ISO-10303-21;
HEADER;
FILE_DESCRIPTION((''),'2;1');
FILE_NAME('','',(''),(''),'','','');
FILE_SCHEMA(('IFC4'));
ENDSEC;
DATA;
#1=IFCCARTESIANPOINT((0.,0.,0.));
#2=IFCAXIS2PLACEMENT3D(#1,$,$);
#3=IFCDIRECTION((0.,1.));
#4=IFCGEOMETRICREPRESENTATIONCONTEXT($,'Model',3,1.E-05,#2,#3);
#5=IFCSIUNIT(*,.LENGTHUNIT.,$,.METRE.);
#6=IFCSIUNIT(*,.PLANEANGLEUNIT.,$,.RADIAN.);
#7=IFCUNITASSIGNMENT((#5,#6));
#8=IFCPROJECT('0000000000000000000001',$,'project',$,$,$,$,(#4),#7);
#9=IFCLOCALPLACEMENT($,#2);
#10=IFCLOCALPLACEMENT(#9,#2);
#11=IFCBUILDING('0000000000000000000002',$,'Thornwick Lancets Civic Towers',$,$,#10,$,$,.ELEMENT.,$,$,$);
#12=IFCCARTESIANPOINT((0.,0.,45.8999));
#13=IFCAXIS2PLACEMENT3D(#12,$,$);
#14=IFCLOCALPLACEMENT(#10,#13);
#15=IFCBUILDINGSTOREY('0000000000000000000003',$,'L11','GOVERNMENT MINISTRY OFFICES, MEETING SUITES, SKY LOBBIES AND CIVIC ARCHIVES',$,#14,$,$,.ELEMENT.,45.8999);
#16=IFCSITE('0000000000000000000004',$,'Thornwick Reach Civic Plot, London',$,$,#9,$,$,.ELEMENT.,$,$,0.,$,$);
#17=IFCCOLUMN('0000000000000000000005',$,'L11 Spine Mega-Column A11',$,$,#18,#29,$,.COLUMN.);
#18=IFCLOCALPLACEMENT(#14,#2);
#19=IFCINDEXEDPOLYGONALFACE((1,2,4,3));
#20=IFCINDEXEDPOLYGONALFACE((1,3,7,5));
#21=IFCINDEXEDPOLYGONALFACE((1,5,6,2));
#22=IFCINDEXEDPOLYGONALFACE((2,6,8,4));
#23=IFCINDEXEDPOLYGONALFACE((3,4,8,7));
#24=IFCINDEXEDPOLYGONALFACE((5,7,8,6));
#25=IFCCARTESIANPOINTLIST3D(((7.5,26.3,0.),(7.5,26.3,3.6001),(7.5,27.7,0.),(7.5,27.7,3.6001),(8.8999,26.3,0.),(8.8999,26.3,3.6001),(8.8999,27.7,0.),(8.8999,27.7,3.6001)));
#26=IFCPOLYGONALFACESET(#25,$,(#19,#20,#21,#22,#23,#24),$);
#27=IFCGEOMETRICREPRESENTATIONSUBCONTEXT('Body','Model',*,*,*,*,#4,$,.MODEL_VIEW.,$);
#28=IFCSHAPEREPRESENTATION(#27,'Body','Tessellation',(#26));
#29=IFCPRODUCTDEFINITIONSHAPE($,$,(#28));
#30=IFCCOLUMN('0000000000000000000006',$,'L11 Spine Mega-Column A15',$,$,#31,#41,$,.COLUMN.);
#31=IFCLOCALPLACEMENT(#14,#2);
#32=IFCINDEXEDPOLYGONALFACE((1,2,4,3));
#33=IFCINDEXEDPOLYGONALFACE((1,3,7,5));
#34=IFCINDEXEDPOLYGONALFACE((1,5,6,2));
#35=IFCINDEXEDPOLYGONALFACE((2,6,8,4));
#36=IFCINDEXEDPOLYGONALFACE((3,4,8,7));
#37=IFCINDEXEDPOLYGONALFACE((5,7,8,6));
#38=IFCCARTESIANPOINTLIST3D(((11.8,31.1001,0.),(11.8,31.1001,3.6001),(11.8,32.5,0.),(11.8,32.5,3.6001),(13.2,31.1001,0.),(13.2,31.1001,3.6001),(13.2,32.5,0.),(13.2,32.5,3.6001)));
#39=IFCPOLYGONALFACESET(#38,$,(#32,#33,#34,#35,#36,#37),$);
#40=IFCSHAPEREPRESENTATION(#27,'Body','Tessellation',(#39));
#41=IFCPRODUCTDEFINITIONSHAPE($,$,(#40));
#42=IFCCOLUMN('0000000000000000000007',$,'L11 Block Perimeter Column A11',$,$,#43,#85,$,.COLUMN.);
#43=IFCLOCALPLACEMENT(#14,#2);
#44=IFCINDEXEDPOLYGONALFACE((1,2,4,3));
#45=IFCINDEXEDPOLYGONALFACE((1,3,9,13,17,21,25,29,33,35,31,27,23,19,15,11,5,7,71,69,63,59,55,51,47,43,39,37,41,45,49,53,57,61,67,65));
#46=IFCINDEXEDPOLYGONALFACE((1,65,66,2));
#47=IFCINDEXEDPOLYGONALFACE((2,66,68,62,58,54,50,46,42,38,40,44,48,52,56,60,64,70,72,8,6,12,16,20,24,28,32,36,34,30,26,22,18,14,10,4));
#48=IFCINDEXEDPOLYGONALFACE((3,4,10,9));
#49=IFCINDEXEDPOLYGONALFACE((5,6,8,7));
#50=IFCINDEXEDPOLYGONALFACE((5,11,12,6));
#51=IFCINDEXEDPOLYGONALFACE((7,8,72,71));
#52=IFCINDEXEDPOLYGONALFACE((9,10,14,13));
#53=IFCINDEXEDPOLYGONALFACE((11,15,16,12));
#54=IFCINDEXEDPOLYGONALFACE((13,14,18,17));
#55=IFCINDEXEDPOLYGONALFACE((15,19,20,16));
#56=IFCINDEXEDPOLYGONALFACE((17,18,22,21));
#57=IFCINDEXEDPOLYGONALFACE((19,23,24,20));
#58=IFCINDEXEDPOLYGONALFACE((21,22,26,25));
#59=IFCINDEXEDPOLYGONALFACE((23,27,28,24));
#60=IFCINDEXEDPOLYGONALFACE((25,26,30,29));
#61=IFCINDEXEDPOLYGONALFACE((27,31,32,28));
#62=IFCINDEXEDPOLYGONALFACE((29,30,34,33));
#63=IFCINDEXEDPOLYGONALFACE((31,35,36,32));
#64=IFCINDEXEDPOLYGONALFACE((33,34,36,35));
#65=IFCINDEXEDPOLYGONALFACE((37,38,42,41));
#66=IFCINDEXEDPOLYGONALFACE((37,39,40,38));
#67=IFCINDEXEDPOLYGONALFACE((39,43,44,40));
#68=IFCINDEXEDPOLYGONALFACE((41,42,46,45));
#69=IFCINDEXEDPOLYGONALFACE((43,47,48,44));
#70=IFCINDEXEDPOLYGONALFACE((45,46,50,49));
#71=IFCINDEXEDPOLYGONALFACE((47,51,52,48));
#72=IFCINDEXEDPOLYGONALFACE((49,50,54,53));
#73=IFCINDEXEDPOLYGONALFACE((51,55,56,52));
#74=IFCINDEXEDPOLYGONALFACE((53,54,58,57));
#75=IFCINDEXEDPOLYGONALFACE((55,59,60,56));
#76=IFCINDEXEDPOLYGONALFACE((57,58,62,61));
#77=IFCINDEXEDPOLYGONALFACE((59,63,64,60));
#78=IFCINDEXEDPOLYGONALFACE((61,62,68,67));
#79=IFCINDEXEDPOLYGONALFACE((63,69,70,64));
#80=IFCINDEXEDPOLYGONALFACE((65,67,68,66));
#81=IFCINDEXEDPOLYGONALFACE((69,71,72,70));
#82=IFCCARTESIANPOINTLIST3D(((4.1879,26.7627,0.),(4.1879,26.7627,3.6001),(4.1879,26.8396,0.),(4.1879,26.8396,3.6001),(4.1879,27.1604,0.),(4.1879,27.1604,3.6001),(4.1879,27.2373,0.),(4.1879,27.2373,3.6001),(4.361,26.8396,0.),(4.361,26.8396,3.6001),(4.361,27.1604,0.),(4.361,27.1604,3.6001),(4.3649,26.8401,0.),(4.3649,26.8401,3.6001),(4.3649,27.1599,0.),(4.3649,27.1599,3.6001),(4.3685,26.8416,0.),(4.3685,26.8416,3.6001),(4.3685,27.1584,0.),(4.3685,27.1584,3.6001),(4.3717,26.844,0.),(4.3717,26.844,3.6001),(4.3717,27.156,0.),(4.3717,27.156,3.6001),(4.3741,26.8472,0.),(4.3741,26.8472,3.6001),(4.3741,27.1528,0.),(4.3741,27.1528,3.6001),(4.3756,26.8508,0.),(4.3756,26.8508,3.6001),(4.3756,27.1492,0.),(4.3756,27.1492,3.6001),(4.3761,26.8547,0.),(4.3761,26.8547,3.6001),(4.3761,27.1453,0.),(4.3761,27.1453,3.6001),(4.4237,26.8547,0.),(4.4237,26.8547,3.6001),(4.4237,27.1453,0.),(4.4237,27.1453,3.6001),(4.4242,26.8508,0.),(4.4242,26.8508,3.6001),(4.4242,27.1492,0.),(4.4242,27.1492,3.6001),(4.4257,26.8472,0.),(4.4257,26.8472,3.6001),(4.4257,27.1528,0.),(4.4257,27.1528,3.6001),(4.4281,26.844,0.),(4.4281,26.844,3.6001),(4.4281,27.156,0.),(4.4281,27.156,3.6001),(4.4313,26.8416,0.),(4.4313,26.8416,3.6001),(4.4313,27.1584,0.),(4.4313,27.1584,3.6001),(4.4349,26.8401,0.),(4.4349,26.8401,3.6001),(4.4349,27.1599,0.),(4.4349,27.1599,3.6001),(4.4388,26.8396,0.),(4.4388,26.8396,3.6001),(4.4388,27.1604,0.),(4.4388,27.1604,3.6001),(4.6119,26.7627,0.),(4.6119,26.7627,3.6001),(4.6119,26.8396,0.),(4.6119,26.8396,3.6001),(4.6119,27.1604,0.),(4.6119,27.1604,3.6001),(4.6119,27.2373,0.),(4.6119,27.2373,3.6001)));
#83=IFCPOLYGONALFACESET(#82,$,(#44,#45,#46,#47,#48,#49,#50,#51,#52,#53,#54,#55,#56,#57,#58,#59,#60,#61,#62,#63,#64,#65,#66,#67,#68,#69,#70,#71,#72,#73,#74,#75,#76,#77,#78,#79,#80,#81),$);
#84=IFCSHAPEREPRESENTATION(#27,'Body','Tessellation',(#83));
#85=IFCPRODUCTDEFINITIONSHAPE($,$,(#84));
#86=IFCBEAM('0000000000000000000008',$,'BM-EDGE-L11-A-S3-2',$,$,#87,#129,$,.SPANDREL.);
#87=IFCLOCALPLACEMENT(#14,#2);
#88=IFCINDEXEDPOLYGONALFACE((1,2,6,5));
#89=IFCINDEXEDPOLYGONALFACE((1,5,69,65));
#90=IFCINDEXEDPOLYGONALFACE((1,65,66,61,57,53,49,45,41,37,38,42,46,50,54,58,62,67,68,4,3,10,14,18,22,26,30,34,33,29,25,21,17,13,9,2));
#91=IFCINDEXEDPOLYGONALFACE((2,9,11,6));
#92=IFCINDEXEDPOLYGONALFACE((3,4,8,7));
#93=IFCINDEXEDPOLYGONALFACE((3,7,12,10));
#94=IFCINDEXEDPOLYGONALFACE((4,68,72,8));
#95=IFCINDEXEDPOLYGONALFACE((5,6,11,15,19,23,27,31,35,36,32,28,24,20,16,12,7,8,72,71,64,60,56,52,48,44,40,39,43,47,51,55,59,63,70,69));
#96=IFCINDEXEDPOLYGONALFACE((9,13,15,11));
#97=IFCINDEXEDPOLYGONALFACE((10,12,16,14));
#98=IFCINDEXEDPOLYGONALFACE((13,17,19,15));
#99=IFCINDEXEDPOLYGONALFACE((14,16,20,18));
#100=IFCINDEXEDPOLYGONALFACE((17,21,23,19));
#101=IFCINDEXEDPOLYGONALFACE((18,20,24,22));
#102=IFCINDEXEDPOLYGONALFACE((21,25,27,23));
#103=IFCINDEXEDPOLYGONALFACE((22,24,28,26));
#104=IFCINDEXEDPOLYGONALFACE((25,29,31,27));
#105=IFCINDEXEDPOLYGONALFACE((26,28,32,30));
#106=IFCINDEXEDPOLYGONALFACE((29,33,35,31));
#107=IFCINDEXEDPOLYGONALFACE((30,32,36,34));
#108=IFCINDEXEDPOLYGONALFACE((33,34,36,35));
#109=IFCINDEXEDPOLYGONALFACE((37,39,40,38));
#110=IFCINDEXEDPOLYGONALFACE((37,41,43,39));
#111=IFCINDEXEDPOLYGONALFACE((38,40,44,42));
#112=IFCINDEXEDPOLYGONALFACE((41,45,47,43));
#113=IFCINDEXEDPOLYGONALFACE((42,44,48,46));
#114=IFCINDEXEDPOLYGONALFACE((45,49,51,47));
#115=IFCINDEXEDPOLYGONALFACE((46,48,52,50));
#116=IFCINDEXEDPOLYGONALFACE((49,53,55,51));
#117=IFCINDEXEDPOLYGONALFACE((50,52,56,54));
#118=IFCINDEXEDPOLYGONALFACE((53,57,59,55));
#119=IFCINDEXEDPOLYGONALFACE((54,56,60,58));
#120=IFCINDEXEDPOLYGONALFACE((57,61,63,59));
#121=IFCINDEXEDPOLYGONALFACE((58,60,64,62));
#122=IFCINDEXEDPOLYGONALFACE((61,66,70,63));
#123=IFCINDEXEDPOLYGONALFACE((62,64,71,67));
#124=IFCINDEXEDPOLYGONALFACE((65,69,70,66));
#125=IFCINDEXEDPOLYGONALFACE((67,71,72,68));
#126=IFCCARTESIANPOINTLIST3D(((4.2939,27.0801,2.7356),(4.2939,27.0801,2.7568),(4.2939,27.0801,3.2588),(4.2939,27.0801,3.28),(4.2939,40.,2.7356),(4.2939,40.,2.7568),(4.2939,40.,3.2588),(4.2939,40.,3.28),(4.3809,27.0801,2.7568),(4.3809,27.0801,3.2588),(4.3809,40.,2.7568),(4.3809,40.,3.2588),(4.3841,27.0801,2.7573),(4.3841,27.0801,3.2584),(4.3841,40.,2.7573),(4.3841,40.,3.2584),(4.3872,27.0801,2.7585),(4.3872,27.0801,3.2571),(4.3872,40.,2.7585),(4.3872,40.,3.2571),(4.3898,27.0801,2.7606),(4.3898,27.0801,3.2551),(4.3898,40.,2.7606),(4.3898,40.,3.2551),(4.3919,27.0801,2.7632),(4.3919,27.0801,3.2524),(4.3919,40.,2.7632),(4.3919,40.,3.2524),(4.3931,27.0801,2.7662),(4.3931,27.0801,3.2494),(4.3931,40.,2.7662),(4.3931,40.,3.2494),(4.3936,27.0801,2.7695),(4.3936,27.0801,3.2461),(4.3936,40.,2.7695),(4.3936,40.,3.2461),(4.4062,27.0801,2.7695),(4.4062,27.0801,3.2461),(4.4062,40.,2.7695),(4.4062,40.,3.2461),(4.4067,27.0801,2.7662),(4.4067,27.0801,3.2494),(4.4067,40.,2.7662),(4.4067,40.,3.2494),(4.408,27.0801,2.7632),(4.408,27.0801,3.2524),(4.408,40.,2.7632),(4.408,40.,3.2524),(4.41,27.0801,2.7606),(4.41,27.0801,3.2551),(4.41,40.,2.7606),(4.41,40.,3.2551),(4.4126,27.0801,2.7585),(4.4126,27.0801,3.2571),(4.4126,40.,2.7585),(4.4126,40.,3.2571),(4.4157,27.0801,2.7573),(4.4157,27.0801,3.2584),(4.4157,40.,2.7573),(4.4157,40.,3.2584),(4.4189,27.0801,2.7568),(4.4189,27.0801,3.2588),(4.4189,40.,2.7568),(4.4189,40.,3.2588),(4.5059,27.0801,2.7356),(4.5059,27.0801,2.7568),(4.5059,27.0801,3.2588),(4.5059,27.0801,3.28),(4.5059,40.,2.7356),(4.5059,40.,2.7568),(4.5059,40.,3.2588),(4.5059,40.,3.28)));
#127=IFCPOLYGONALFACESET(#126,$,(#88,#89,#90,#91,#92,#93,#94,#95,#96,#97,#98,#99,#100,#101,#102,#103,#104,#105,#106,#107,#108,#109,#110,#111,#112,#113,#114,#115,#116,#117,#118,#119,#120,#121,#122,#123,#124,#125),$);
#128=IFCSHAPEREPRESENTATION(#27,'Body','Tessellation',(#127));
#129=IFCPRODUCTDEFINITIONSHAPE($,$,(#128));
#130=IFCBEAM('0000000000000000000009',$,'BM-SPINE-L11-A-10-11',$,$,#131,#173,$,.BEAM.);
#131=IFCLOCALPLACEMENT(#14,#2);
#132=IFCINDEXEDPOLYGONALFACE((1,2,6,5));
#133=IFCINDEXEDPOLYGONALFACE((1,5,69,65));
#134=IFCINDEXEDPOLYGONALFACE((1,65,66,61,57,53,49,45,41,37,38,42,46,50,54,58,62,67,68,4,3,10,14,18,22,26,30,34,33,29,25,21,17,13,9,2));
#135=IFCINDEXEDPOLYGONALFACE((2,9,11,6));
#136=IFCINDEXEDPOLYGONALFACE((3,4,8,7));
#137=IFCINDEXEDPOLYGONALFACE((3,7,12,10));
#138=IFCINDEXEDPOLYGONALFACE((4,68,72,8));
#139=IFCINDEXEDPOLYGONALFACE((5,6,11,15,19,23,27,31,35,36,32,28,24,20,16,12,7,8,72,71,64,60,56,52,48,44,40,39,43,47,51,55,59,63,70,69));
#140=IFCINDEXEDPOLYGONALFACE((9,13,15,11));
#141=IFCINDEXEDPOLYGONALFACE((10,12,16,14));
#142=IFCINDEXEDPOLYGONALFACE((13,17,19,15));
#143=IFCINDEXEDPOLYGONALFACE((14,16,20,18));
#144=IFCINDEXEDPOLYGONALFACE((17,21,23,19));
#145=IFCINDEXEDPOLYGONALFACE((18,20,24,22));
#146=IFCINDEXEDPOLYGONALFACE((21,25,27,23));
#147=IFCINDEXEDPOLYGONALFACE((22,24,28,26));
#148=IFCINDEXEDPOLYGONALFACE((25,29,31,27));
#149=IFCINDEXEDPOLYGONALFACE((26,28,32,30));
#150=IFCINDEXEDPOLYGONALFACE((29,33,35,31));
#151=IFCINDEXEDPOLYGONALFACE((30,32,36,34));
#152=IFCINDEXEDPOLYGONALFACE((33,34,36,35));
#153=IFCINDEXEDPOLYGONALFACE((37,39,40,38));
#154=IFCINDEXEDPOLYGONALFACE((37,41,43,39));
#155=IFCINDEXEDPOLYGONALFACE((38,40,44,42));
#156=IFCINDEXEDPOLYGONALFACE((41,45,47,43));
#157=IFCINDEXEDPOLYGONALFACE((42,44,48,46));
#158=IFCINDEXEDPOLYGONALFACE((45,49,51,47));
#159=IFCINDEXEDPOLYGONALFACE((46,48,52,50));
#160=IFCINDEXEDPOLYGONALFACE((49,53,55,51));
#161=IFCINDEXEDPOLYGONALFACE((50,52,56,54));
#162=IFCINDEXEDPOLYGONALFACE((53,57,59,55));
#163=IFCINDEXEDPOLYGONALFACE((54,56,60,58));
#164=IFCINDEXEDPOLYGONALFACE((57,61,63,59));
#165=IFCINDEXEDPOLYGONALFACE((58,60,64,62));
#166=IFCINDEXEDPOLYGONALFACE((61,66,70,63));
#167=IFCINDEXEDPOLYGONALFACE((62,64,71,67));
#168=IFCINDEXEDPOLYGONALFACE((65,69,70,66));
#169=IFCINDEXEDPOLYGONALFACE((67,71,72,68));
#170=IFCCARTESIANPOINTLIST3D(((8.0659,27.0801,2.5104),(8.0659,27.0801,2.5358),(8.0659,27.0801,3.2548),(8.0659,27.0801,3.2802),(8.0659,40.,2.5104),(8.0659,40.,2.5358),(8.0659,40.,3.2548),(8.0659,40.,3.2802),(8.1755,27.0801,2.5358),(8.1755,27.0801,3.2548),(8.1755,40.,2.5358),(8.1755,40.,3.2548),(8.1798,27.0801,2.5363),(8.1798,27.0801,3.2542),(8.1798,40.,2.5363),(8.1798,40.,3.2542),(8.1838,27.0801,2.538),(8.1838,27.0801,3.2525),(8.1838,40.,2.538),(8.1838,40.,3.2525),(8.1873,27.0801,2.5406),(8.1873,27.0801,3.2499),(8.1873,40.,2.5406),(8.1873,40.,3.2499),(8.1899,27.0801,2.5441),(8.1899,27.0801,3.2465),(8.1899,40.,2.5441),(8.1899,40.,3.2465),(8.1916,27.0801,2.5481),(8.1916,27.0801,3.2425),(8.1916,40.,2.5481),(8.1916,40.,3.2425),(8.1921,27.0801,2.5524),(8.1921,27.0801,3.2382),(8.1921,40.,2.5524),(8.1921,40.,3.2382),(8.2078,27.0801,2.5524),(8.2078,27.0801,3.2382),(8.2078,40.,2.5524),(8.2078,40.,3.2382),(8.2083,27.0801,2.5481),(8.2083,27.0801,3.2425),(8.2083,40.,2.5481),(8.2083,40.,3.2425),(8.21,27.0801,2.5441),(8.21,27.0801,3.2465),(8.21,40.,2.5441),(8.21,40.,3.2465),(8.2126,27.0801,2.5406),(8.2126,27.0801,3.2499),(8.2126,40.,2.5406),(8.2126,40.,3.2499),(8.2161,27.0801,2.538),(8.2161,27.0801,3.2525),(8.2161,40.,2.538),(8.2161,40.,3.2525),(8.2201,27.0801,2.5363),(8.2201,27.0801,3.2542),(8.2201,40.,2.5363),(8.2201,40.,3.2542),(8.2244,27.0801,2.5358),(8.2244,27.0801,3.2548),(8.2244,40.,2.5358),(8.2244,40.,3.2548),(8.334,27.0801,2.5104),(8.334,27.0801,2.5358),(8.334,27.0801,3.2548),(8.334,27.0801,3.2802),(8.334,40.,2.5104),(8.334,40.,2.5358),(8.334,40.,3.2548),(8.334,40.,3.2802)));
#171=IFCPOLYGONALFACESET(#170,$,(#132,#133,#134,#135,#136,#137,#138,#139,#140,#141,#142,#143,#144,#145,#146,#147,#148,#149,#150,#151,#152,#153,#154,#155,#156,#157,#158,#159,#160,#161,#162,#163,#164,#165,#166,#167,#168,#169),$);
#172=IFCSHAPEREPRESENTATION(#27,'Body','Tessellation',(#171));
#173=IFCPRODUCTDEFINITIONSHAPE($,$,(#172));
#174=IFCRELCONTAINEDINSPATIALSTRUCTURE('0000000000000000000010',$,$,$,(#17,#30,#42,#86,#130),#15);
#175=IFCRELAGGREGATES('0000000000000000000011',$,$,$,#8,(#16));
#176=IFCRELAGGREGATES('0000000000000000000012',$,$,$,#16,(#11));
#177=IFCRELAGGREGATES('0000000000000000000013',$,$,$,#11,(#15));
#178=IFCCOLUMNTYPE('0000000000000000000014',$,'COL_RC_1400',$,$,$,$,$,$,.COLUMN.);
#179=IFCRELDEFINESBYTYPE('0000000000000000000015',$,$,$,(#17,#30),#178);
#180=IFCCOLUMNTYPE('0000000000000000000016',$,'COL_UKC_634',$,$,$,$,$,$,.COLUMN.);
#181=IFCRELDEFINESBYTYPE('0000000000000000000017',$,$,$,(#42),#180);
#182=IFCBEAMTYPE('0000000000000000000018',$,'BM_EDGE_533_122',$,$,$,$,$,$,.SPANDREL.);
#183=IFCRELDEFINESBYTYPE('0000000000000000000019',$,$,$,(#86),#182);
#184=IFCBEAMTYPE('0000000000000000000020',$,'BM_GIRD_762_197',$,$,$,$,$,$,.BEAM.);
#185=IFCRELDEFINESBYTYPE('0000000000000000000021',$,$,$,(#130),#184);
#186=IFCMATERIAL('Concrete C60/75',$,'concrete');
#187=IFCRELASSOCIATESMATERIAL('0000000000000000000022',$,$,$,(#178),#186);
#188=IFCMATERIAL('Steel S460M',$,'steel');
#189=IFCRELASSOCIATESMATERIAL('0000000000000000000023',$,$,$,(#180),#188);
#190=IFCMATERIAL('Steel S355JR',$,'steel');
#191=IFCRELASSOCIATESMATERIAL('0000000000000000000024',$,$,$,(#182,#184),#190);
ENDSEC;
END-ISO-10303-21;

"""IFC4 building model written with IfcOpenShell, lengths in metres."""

from ifc_helpers import new_model, si_unit, direction, frame, origin, origin_2d, place, context, subcontext, project, spatial, rectangle, i_section, extrude, material, material_profile, profile_set, type_object, element, save


model = new_model("IFC4")

# Units and contexts
model_context = context("Model", 3, precision=1e-05, world=origin(), true_north=direction((0.0, 1.0)))
body_context = subcontext(model_context, "Body", "Model", "MODEL_VIEW")
ifc_project = project(units=[si_unit("LENGTHUNIT", "METRE"), si_unit("PLANEANGLEUNIT", "RADIAN")], contexts=[model_context])

# Site, building, storey
site_placement = place(None, origin())
site = spatial("IfcSite", under=ifc_project, at=site_placement, Name="Thornwick Reach Civic Plot, London", CompositionType="ELEMENT", RefElevation=0.0)
building_placement = place(site_placement, origin())
building = spatial("IfcBuilding", under=site, at=building_placement, Name="Thornwick Lancets Civic Towers", CompositionType="ELEMENT")
storey_placement = place(building_placement, frame((0.0, 0.0, 45.8999)))
storey = spatial("IfcBuildingStorey", under=building, at=storey_placement, Name="L11", Description="GOVERNMENT MINISTRY OFFICES, MEETING SUITES, SKY LOBBIES AND CIVIC ARCHIVES", CompositionType="ELEMENT", Elevation=45.8999)

# Columns
ifc_material_1 = material(Name="Concrete C60/75", Category="concrete")
ifc_material_profile_1 = material_profile(ifc_material_1, rectangle(XDim=1.3999, YDim=1.3999, at=origin_2d()), Name="RC 1400x1400")
ifc_profile_set_1 = profile_set([ifc_material_profile_1], Name="Concrete C60/75")
column_type_1 = type_object("IfcColumnType", Name="COL_RC_1400", PredefinedType="COLUMN", material=ifc_profile_set_1)
for number, where, z_axis, x_axis, name in (
    (1, (8.2, 27.0, 0.0), (0.0, 0.0, 1.0), (1.0, 0.0, 0.0), "L11 Spine Mega-Column A11"),
    (2, (12.5, 31.8, 0.0), (0.0, 0.0, 1.0), (1.0, 0.0, 0.0), "L11 Spine Mega-Column A15"),
):
    element("IfcColumn", number, at=place(storey_placement, frame(where, z_axis=z_axis, x_axis=x_axis)), inside=storey, type_object=column_type_1, Name=name, PredefinedType="COLUMN", context=body_context, shape_type="SweptSolid", body=[
        extrude(rectangle(XDim=1.3999, YDim=1.3999, at=origin_2d()), origin(), (0.0, 0.0, 1.0), 3.6001),
    ])
ifc_material_2 = material(Name="Steel S460M", Category="steel")
ifc_material_profile_2 = material_profile(ifc_material_2, i_section(OverallWidth=0.4241, OverallDepth=0.4746, WebThickness=0.0476, FlangeThickness=0.0769, FilletRadius=0.0151, at=origin_2d()), Name="UKC 356x406x634")
ifc_profile_set_2 = profile_set([ifc_material_profile_2], Name="Steel S460M")
column_type_2 = type_object("IfcColumnType", Name="COL_UKC_634", PredefinedType="COLUMN", material=ifc_profile_set_2)
column_placement = place(storey_placement, frame((4.3999, 27.0, 0.0), z_axis=(0.0, 0.0, 1.0), x_axis=(1.0, 0.0, 0.0)))
element("IfcColumn", 3, at=column_placement, inside=storey, type_object=column_type_2, Name="L11 Block Perimeter Column A11", PredefinedType="COLUMN", context=body_context, shape_type="SweptSolid", body=[
    extrude(i_section(OverallWidth=0.4241, OverallDepth=0.4746, WebThickness=0.0476, FlangeThickness=0.0769, FilletRadius=0.0151, at=origin_2d()), origin(), (0.0, 0.0, 1.0), 3.6001),
])

# Beams
ifc_material_3 = material(Name="Steel S355JR", Category="steel")
ifc_material_profile_3 = material_profile(ifc_material_3, i_section(OverallWidth=0.2119, OverallDepth=0.5444, WebThickness=0.0127, FlangeThickness=0.0212, FilletRadius=0.0127, at=origin_2d()), Name="UKB 533x210x122")
ifc_profile_set_3 = profile_set([ifc_material_profile_3], Name="Steel S355JR")
beam_type_1 = type_object("IfcBeamType", Name="BM_EDGE_533_122", PredefinedType="SPANDREL", material=ifc_profile_set_3)
beam_1_placement = place(storey_placement, frame((4.3999, 27.0801, 3.0078), z_axis=(0.0, 1.0, 0.0), x_axis=(-1.0, 0.0, 0.0)))
element("IfcBeam", 4, at=beam_1_placement, inside=storey, type_object=beam_type_1, Name="BM-EDGE-L11-A-S3-2", PredefinedType="SPANDREL", context=body_context, shape_type="SweptSolid", body=[
    extrude(i_section(OverallWidth=0.2119, OverallDepth=0.5444, WebThickness=0.0127, FlangeThickness=0.0212, FilletRadius=0.0127, at=origin_2d()), origin(), (0.0, 0.0, 1.0), 12.9199),
])
ifc_material_profile_4 = material_profile(ifc_material_3, i_section(OverallWidth=0.2681, OverallDepth=0.7698, WebThickness=0.0156, FlangeThickness=0.0254, FilletRadius=0.0166, at=origin_2d()), Name="UKB 762x267x197")
ifc_profile_set_4 = profile_set([ifc_material_profile_4], Name="Steel S355JR")
beam_type_2 = type_object("IfcBeamType", Name="BM_GIRD_762_197", PredefinedType="BEAM", material=ifc_profile_set_4)
beam_2_placement = place(storey_placement, frame((8.2, 27.0801, 2.8953), z_axis=(0.0, 1.0, 0.0), x_axis=(-1.0, 0.0, 0.0)))
element("IfcBeam", 5, at=beam_2_placement, inside=storey, type_object=beam_type_2, Name="BM-SPINE-L11-A-10-11", PredefinedType="BEAM", context=body_context, shape_type="SweptSolid", body=[
    extrude(i_section(OverallWidth=0.2681, OverallDepth=0.7698, WebThickness=0.0156, FlangeThickness=0.0254, FilletRadius=0.0166, at=origin_2d()), origin(), (0.0, 0.0, 1.0), 12.9199),
])

save(model, "model.ifc")
